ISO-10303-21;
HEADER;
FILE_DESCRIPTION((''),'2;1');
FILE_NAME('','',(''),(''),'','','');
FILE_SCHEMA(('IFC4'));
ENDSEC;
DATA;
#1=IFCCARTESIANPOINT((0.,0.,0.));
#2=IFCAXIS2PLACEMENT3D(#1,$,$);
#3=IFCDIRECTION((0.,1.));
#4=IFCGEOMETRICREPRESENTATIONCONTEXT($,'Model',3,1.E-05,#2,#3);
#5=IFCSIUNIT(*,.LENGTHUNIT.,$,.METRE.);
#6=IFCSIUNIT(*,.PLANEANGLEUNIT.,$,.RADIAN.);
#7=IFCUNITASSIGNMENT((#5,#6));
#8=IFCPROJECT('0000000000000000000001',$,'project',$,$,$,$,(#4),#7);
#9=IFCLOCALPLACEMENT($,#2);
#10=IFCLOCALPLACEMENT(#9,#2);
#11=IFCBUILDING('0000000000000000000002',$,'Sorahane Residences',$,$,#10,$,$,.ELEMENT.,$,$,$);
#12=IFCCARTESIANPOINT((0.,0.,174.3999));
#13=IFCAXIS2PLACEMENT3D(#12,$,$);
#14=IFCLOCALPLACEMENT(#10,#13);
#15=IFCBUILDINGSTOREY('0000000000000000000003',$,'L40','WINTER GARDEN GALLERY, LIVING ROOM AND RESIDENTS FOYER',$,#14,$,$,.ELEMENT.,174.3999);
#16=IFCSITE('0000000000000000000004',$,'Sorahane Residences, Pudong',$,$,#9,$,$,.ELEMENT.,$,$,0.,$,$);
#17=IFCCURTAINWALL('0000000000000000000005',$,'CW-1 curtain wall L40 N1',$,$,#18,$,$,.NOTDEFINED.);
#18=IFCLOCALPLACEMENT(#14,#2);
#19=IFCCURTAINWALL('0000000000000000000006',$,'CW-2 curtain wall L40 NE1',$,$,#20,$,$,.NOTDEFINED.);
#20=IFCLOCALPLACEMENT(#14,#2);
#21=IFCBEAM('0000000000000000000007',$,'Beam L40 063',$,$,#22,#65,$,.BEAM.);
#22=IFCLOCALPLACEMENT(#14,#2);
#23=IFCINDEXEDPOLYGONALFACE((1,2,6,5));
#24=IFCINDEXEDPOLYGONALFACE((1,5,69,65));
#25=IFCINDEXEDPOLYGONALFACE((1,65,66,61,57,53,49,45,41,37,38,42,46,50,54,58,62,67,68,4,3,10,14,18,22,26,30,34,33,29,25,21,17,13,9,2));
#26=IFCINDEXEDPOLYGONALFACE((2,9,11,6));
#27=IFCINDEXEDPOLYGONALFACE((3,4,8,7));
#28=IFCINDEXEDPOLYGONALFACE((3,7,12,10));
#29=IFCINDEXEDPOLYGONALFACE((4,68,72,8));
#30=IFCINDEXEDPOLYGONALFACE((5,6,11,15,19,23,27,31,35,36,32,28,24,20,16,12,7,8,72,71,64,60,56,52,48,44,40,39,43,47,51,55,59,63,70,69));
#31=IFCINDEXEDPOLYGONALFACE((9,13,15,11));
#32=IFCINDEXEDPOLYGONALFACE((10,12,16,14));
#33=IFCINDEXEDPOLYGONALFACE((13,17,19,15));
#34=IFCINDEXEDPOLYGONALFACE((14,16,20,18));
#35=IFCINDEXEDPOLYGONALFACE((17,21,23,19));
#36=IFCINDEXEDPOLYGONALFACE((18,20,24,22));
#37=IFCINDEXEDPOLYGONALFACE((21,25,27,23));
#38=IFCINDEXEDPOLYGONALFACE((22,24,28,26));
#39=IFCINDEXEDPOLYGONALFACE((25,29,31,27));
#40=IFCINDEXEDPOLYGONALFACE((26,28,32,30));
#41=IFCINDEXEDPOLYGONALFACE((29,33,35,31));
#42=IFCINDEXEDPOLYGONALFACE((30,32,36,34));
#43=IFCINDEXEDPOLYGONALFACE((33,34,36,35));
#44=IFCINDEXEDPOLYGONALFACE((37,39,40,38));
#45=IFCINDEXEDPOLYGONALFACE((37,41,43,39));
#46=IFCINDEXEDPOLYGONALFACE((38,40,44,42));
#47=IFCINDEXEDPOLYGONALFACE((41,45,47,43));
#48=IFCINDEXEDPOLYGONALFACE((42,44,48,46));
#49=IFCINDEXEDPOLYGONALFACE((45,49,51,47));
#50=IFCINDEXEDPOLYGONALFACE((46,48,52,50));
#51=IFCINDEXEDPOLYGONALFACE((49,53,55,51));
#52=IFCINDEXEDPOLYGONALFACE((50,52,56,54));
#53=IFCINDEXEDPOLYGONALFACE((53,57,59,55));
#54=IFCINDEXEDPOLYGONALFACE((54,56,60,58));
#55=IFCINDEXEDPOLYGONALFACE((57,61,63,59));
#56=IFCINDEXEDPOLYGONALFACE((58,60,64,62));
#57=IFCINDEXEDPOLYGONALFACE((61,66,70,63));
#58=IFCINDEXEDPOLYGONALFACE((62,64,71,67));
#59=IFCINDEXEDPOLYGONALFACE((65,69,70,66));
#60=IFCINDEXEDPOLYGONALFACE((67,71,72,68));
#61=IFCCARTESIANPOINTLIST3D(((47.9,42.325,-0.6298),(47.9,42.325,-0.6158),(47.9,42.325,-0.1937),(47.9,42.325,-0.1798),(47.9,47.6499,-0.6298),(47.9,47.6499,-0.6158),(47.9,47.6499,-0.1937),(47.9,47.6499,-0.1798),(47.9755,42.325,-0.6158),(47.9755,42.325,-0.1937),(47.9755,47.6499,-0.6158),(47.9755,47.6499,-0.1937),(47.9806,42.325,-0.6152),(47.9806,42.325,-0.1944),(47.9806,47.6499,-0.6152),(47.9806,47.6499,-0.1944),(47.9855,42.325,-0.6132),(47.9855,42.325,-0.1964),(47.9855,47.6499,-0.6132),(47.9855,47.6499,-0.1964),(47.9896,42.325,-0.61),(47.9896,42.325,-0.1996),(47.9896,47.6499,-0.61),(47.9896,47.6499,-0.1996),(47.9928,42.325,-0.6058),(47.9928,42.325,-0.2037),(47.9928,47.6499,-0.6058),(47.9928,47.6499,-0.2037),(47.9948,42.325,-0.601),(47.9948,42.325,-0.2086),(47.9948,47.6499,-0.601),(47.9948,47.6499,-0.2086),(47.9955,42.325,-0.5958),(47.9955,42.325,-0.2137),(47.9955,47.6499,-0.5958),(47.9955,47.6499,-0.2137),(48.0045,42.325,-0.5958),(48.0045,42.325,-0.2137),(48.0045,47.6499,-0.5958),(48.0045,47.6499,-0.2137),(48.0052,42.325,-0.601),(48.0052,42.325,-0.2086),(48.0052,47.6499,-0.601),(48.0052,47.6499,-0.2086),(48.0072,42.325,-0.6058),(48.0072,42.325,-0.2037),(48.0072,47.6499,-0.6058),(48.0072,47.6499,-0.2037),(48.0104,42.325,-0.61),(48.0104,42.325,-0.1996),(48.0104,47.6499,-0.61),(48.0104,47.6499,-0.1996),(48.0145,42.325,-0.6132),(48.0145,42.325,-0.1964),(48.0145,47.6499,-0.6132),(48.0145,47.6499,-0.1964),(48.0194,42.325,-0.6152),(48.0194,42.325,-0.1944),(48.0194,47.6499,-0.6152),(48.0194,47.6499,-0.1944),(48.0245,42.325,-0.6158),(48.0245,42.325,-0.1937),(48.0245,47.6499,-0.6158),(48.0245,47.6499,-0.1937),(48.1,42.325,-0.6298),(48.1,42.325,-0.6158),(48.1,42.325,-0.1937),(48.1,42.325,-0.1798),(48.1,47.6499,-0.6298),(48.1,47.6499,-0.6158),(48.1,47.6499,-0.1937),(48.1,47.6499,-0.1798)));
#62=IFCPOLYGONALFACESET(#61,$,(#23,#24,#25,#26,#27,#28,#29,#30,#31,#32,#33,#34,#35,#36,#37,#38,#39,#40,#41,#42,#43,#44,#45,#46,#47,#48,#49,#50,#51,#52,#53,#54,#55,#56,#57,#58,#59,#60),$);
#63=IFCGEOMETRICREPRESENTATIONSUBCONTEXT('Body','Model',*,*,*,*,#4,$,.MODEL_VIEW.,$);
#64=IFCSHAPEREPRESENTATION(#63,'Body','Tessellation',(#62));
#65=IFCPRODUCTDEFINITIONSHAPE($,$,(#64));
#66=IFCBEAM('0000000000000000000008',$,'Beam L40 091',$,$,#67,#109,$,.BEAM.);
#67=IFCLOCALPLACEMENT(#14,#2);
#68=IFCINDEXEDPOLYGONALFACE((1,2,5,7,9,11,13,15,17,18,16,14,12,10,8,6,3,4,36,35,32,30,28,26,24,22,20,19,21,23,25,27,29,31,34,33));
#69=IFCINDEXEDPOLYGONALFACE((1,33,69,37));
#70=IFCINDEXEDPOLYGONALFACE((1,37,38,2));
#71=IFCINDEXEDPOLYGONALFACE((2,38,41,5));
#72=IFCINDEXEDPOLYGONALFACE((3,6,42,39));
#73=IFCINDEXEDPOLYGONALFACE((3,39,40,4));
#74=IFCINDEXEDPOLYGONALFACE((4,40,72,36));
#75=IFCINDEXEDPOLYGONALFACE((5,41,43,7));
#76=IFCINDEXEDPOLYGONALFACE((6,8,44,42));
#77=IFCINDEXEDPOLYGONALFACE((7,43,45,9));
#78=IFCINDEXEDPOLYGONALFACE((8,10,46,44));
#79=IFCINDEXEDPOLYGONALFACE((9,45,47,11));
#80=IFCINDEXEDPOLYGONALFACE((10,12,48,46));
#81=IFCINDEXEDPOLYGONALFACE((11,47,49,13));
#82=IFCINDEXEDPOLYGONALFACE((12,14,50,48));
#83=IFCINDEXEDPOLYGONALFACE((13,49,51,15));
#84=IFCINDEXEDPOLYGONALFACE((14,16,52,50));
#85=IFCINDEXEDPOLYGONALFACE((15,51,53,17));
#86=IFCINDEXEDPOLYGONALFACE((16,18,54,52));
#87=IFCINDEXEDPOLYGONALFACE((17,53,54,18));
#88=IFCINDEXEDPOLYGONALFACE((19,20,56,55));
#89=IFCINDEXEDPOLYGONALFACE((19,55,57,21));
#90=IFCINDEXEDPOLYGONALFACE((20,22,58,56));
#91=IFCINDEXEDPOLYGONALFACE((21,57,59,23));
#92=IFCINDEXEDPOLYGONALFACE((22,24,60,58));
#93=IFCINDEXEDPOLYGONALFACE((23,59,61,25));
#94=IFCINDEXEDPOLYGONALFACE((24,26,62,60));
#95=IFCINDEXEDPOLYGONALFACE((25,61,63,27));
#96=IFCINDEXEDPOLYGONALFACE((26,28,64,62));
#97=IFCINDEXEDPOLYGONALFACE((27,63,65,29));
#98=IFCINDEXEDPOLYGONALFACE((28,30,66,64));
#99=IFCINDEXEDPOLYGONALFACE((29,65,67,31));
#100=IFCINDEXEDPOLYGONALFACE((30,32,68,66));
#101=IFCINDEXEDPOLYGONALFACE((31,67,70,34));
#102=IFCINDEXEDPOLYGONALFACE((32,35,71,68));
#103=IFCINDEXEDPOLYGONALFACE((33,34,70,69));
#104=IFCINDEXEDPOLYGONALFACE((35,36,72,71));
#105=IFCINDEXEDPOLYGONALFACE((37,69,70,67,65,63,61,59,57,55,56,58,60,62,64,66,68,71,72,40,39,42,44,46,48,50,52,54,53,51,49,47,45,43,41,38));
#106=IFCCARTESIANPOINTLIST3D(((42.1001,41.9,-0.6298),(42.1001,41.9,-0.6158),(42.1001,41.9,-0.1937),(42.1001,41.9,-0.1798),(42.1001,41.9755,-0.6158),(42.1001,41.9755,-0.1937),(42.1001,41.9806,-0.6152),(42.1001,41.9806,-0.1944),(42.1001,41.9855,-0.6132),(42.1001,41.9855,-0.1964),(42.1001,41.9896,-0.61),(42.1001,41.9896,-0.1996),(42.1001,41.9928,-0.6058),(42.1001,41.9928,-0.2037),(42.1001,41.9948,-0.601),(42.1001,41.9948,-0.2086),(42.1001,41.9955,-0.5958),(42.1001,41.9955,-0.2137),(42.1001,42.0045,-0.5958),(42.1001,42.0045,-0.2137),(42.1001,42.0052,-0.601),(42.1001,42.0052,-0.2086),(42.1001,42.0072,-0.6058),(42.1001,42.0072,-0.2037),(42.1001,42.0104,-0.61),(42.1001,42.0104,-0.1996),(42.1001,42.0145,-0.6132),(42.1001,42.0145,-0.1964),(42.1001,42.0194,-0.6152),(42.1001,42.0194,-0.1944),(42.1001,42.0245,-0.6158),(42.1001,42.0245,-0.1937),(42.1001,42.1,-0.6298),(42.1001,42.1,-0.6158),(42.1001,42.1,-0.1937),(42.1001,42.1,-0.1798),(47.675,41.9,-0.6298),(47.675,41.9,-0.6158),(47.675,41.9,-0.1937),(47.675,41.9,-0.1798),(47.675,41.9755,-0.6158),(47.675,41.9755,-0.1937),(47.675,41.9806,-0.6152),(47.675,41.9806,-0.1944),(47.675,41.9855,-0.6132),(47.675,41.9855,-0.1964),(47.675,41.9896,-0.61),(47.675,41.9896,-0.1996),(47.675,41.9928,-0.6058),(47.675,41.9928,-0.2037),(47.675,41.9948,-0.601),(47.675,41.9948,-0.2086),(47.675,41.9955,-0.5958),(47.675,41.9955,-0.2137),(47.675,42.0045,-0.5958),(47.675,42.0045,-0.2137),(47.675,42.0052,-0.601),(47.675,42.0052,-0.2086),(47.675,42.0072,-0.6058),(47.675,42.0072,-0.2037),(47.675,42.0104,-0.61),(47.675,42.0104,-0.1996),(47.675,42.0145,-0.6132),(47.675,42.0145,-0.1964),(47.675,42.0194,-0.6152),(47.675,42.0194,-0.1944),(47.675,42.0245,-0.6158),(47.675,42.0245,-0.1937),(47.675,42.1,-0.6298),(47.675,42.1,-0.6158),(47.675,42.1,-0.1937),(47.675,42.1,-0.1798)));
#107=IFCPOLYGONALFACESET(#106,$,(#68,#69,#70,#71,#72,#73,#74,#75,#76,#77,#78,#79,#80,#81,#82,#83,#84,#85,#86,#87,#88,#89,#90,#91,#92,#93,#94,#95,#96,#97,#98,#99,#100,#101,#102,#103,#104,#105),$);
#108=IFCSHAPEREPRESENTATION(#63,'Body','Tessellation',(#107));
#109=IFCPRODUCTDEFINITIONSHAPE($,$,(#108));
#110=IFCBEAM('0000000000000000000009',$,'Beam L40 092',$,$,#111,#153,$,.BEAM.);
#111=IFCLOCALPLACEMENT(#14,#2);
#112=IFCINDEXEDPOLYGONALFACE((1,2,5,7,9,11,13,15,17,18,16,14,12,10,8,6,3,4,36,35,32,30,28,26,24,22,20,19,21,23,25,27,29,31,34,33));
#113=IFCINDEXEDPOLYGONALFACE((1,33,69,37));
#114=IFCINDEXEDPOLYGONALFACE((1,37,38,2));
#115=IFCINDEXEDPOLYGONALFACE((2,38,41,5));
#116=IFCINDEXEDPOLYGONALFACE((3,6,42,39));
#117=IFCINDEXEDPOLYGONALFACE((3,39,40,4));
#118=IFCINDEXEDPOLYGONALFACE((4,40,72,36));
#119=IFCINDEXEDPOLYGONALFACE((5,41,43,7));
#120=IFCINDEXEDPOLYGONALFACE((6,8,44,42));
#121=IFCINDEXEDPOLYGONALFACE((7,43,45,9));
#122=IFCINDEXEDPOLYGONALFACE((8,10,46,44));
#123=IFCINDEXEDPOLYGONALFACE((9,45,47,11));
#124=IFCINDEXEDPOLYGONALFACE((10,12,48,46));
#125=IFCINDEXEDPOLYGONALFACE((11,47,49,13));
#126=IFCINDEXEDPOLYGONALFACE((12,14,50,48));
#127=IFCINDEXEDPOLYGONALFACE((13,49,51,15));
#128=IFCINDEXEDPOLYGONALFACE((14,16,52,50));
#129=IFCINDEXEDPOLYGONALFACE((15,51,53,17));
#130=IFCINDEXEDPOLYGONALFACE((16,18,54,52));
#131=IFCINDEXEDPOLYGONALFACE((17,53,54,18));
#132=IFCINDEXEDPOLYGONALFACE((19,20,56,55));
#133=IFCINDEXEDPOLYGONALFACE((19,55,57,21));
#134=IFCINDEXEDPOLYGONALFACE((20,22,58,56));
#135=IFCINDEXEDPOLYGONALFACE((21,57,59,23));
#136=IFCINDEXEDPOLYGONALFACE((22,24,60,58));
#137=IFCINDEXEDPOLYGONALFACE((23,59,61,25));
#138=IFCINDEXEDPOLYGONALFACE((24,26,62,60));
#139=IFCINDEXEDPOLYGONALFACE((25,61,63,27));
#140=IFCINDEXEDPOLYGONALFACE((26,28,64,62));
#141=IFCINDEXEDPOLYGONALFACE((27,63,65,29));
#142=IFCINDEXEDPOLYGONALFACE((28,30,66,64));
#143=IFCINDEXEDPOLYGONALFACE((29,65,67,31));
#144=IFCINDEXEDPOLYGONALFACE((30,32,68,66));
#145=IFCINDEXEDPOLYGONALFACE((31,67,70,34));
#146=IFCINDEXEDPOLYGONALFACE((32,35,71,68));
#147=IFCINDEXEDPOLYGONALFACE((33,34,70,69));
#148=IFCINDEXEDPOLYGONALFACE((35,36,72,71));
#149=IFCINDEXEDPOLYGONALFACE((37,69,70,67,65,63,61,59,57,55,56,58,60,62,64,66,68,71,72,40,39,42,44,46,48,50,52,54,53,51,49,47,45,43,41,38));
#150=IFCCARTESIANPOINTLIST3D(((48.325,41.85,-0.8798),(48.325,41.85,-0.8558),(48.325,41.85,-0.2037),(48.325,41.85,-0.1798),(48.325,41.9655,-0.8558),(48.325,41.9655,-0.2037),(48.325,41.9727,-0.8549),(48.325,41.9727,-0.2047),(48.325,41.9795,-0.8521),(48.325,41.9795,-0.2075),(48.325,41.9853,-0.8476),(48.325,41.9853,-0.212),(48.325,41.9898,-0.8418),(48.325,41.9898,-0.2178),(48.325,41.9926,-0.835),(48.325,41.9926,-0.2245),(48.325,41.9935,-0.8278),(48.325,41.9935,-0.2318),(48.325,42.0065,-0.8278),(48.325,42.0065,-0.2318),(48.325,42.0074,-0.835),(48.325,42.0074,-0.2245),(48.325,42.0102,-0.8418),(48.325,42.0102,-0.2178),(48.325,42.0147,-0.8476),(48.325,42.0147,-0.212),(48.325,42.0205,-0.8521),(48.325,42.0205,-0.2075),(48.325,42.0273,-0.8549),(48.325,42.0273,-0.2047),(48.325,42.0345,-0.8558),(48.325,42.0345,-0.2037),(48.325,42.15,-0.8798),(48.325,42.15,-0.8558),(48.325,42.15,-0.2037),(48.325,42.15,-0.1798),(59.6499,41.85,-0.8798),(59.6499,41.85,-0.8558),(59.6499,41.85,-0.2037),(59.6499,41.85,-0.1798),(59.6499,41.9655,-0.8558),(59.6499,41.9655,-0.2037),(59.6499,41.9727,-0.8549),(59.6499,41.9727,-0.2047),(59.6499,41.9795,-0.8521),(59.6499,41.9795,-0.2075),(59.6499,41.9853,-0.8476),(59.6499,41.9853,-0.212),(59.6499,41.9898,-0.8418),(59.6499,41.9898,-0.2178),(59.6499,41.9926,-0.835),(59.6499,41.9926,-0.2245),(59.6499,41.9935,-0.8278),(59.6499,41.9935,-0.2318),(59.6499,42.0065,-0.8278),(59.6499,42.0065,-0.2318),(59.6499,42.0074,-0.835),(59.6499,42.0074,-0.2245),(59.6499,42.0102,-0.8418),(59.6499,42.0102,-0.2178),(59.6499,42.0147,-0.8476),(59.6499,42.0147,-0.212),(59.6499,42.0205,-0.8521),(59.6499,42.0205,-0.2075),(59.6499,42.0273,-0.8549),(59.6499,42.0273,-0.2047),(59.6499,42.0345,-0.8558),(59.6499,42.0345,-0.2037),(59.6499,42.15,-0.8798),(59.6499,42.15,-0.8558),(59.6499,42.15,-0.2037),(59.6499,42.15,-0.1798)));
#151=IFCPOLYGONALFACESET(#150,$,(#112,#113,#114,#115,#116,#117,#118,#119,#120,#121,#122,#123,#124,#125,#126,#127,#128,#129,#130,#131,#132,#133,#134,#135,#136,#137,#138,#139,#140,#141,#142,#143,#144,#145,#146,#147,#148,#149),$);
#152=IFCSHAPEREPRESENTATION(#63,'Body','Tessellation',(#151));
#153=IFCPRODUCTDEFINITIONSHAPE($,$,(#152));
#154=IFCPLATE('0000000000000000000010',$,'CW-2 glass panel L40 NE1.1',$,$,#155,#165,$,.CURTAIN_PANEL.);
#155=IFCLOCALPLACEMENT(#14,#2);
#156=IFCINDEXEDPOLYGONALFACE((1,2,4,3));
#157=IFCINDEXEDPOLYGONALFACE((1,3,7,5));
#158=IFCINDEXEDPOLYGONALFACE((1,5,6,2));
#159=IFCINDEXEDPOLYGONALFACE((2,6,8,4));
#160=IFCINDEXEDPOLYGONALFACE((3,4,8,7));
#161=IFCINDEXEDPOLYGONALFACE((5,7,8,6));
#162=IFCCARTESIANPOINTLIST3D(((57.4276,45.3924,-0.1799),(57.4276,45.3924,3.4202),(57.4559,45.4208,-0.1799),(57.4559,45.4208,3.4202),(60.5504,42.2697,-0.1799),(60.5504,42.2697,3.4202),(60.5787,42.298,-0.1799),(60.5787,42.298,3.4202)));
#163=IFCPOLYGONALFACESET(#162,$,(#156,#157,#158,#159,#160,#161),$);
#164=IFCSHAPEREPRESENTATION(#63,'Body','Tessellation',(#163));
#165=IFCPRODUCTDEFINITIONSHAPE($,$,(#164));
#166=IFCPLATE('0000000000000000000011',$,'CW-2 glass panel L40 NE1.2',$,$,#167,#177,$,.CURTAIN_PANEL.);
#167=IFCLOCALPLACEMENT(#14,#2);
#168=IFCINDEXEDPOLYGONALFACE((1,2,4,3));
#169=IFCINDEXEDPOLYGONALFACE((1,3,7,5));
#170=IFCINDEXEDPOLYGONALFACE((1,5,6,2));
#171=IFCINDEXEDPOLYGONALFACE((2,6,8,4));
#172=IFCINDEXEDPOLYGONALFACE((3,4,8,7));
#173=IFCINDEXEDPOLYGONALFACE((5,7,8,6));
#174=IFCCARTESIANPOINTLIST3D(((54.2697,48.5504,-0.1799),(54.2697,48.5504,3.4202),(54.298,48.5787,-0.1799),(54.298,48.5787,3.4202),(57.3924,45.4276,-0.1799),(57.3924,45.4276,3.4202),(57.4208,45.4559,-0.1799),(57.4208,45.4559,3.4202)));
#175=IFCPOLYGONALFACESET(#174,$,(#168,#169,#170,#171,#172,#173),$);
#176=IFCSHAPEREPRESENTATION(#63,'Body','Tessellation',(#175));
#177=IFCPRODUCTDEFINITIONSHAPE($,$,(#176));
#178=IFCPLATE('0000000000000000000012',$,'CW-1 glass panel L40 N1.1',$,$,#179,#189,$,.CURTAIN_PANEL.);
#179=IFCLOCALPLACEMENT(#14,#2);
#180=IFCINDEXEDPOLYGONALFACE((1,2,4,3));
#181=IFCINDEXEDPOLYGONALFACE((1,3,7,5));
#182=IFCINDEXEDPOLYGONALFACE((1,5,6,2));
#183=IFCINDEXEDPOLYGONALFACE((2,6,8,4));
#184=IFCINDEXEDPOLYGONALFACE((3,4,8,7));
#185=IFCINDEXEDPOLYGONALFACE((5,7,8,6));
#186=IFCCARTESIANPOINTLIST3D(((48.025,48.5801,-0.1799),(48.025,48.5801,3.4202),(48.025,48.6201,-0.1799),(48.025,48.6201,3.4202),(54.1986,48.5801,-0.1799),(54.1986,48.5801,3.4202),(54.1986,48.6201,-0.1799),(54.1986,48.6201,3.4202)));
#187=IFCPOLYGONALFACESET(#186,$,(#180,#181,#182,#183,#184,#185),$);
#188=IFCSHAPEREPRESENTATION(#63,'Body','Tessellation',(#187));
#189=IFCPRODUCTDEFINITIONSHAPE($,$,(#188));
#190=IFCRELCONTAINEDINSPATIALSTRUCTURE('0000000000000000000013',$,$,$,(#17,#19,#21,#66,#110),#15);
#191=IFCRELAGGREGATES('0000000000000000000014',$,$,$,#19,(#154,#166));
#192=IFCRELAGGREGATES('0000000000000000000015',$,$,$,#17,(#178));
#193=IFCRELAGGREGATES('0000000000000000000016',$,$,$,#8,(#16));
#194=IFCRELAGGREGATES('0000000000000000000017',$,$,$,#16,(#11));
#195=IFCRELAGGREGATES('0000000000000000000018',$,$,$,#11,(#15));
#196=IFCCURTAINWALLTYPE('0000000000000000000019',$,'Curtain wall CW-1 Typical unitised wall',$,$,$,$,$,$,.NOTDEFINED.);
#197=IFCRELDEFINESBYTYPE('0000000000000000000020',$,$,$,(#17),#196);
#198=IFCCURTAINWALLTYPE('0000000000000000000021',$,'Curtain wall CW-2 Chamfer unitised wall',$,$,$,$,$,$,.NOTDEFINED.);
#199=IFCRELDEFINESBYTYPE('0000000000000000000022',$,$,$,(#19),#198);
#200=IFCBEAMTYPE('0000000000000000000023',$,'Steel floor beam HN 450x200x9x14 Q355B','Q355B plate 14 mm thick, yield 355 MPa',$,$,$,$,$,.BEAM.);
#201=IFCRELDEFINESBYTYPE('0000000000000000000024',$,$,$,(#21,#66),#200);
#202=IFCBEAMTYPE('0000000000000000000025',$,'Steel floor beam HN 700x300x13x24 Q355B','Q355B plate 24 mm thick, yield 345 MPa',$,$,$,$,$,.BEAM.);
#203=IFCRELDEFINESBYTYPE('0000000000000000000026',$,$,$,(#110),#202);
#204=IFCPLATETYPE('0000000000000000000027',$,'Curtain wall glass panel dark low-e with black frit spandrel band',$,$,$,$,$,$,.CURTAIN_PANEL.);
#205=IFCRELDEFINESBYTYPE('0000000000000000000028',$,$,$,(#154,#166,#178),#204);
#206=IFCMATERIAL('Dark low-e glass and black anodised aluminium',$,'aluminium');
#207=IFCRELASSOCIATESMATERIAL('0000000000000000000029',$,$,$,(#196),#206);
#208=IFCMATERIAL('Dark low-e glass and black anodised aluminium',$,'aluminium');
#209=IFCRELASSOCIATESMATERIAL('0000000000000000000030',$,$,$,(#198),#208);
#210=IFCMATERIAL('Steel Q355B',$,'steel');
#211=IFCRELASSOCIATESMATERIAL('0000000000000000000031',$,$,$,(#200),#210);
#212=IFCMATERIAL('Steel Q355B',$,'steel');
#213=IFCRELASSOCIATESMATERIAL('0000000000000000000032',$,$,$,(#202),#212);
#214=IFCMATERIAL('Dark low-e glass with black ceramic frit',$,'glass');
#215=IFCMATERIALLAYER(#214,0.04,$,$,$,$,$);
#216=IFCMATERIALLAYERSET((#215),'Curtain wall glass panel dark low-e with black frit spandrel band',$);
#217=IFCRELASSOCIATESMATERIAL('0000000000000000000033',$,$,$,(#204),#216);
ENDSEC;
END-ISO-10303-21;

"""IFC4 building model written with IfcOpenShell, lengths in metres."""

from ifc_helpers import new_model, si_unit, direction, frame, origin, origin_2d, place, context, subcontext, project, spatial, rectangle, i_section, extrude, material, layer, layer_set, material_profile, profile_set, type_object, element, aggregate, save


model = new_model("IFC4")

# Units and contexts
model_context = context("Model", 3, precision=1e-05, world=origin(), true_north=direction((0.0, 1.0)))
body_context = subcontext(model_context, "Body", "Model", "MODEL_VIEW")
ifc_project = project(units=[si_unit("LENGTHUNIT", "METRE"), si_unit("PLANEANGLEUNIT", "RADIAN")], contexts=[model_context])

# Site, building, storey
site_placement = place(None, origin())
site = spatial("IfcSite", under=ifc_project, at=site_placement, Name="Sorahane Residences, Pudong", CompositionType="ELEMENT", RefElevation=0.0)
building_placement = place(site_placement, origin())
building = spatial("IfcBuilding", under=site, at=building_placement, Name="Sorahane Residences", CompositionType="ELEMENT")
storey_placement = place(building_placement, frame((0.0, 0.0, 174.3999)))
storey = spatial("IfcBuildingStorey", under=building, at=storey_placement, Name="L40", Description="WINTER GARDEN GALLERY, LIVING ROOM AND RESIDENTS FOYER", CompositionType="ELEMENT", Elevation=174.3999)

# Shared definitions
ifc_material_1 = material(Name="Dark low-e glass and black anodised aluminium", Category="aluminium")
curtain_wall_type_1 = type_object("IfcCurtainWallType", Name="Curtain wall CW-1 Typical unitised wall", PredefinedType="NOTDEFINED", material=ifc_material_1)

# Curtain walls
curtain_wall_1_placement = place(storey_placement, origin())
curtain_wall_1 = element("IfcCurtainWall", 1, at=curtain_wall_1_placement, inside=storey, type_object=curtain_wall_type_1, Name="CW-1 curtain wall L40 N1", PredefinedType="NOTDEFINED")
ifc_material_2 = material(Name="Dark low-e glass and black anodised aluminium", Category="aluminium")
curtain_wall_type_2 = type_object("IfcCurtainWallType", Name="Curtain wall CW-2 Chamfer unitised wall", PredefinedType="NOTDEFINED", material=ifc_material_2)
curtain_wall_2_placement = place(storey_placement, origin())
curtain_wall_2 = element("IfcCurtainWall", 2, at=curtain_wall_2_placement, inside=storey, type_object=curtain_wall_type_2, Name="CW-2 curtain wall L40 NE1", PredefinedType="NOTDEFINED")

# Beams
ifc_material_3 = material(Name="Steel Q355B", Category="steel")
ifc_material_profile_1 = material_profile(ifc_material_3, i_section(OverallWidth=0.2, OverallDepth=0.45, WebThickness=0.009, FlangeThickness=0.0139, FilletRadius=0.02, at=origin_2d()), Name="HN 450x200x9x14")
ifc_profile_set_1 = profile_set([ifc_material_profile_1], Name="Steel Q355B")
beam_type_1 = type_object("IfcBeamType", Name="Steel floor beam HN 450x200x9x14 Q355B", Description="Q355B plate 14 mm thick, yield 355 MPa", PredefinedType="BEAM", material=ifc_profile_set_1)
beam_1_placement = place(storey_placement, frame((48.0, 42.325, -0.4048), z_axis=(0.0, 1.0, 0.0), x_axis=(-1.0, 0.0, 0.0)))
element("IfcBeam", 3, at=beam_1_placement, inside=storey, type_object=beam_type_1, Name="Beam L40 063", PredefinedType="BEAM", context=body_context, shape_type="SweptSolid", body=[
    extrude(i_section(OverallWidth=0.2, OverallDepth=0.45, WebThickness=0.009, FlangeThickness=0.0139, FilletRadius=0.02, at=origin_2d()), origin(), (0.0, 0.0, 1.0), 5.325),
])
beam_2_placement = place(storey_placement, frame((42.1001, 42.0, -0.4048), z_axis=(1.0, 0.0, 0.0), x_axis=(0.0, 1.0, 0.0)))
element("IfcBeam", 4, at=beam_2_placement, inside=storey, type_object=beam_type_1, Name="Beam L40 091", PredefinedType="BEAM", context=body_context, shape_type="SweptSolid", body=[
    extrude(i_section(OverallWidth=0.2, OverallDepth=0.45, WebThickness=0.009, FlangeThickness=0.0139, FilletRadius=0.02, at=origin_2d()), origin(), (0.0, 0.0, 1.0), 5.575),
])
ifc_material_4 = material(Name="Steel Q355B", Category="steel")
ifc_material_profile_2 = material_profile(ifc_material_4, i_section(OverallWidth=0.3, OverallDepth=0.7, WebThickness=0.0129, FlangeThickness=0.0239, FilletRadius=0.0281, at=origin_2d()), Name="HN 700x300x13x24")
ifc_profile_set_2 = profile_set([ifc_material_profile_2], Name="Steel Q355B")
beam_type_2 = type_object("IfcBeamType", Name="Steel floor beam HN 700x300x13x24 Q355B", Description="Q355B plate 24 mm thick, yield 345 MPa", PredefinedType="BEAM", material=ifc_profile_set_2)
beam_3_placement = place(storey_placement, frame((48.325, 42.0, -0.5298), z_axis=(1.0, 0.0, 0.0), x_axis=(0.0, 1.0, 0.0)))
element("IfcBeam", 5, at=beam_3_placement, inside=storey, type_object=beam_type_2, Name="Beam L40 092", PredefinedType="BEAM", context=body_context, shape_type="SweptSolid", body=[
    extrude(i_section(OverallWidth=0.3, OverallDepth=0.7, WebThickness=0.0129, FlangeThickness=0.0239, FilletRadius=0.0281, at=origin_2d()), origin(), (0.0, 0.0, 1.0), 11.325),
])

# Plates
ifc_material_5 = material(Name="Dark low-e glass with black ceramic frit", Category="glass")
ifc_layer_1 = layer(ifc_material_5, 0.04)
ifc_layer_set_1 = layer_set([ifc_layer_1], Name="Curtain wall glass panel dark low-e with black frit spandrel band")
plate_type = type_object("IfcPlateType", Name="Curtain wall glass panel dark low-e with black frit spandrel band", PredefinedType="CURTAIN_PANEL", material=ifc_layer_set_1)
plate_1_placement = place(storey_placement, frame((59.0032, 43.8452, -0.1799), z_axis=(0.0, 0.0, 1.0), x_axis=(-0.707107, 0.707107, 0.0)))
plate_1 = element("IfcPlate", 6, at=plate_1_placement, type_object=plate_type, Name="CW-2 glass panel L40 NE1.1", PredefinedType="CURTAIN_PANEL", context=body_context, shape_type="SweptSolid", body=[
    extrude(rectangle(XDim=4.4163, YDim=0.04, at=origin_2d()), origin(), (0.0, 0.0, 1.0), 3.6001),
])
plate_2_placement = place(storey_placement, frame((55.8452, 47.0032, -0.1799), z_axis=(0.0, 0.0, 1.0), x_axis=(-0.707107, 0.707107, 0.0)))
plate_2 = element("IfcPlate", 7, at=plate_2_placement, type_object=plate_type, Name="CW-2 glass panel L40 NE1.2", PredefinedType="CURTAIN_PANEL", context=body_context, shape_type="SweptSolid", body=[
    extrude(rectangle(XDim=4.4163, YDim=0.04, at=origin_2d()), origin(), (0.0, 0.0, 1.0), 3.6001),
])
aggregate(curtain_wall_2, [plate_1, plate_2])
plate_3_placement = place(storey_placement, frame((51.1118, 48.6001, -0.1799), z_axis=(0.0, 0.0, 1.0), x_axis=(-1.0, 0.0, 0.0)))
plate_3 = element("IfcPlate", 8, at=plate_3_placement, type_object=plate_type, Name="CW-1 glass panel L40 N1.1", PredefinedType="CURTAIN_PANEL", context=body_context, shape_type="SweptSolid", body=[
    extrude(rectangle(XDim=6.1736, YDim=0.04, at=origin_2d()), origin(), (0.0, 0.0, 1.0), 3.6001),
])
aggregate(curtain_wall_1, [plate_3])

save(model, "model.ifc")
